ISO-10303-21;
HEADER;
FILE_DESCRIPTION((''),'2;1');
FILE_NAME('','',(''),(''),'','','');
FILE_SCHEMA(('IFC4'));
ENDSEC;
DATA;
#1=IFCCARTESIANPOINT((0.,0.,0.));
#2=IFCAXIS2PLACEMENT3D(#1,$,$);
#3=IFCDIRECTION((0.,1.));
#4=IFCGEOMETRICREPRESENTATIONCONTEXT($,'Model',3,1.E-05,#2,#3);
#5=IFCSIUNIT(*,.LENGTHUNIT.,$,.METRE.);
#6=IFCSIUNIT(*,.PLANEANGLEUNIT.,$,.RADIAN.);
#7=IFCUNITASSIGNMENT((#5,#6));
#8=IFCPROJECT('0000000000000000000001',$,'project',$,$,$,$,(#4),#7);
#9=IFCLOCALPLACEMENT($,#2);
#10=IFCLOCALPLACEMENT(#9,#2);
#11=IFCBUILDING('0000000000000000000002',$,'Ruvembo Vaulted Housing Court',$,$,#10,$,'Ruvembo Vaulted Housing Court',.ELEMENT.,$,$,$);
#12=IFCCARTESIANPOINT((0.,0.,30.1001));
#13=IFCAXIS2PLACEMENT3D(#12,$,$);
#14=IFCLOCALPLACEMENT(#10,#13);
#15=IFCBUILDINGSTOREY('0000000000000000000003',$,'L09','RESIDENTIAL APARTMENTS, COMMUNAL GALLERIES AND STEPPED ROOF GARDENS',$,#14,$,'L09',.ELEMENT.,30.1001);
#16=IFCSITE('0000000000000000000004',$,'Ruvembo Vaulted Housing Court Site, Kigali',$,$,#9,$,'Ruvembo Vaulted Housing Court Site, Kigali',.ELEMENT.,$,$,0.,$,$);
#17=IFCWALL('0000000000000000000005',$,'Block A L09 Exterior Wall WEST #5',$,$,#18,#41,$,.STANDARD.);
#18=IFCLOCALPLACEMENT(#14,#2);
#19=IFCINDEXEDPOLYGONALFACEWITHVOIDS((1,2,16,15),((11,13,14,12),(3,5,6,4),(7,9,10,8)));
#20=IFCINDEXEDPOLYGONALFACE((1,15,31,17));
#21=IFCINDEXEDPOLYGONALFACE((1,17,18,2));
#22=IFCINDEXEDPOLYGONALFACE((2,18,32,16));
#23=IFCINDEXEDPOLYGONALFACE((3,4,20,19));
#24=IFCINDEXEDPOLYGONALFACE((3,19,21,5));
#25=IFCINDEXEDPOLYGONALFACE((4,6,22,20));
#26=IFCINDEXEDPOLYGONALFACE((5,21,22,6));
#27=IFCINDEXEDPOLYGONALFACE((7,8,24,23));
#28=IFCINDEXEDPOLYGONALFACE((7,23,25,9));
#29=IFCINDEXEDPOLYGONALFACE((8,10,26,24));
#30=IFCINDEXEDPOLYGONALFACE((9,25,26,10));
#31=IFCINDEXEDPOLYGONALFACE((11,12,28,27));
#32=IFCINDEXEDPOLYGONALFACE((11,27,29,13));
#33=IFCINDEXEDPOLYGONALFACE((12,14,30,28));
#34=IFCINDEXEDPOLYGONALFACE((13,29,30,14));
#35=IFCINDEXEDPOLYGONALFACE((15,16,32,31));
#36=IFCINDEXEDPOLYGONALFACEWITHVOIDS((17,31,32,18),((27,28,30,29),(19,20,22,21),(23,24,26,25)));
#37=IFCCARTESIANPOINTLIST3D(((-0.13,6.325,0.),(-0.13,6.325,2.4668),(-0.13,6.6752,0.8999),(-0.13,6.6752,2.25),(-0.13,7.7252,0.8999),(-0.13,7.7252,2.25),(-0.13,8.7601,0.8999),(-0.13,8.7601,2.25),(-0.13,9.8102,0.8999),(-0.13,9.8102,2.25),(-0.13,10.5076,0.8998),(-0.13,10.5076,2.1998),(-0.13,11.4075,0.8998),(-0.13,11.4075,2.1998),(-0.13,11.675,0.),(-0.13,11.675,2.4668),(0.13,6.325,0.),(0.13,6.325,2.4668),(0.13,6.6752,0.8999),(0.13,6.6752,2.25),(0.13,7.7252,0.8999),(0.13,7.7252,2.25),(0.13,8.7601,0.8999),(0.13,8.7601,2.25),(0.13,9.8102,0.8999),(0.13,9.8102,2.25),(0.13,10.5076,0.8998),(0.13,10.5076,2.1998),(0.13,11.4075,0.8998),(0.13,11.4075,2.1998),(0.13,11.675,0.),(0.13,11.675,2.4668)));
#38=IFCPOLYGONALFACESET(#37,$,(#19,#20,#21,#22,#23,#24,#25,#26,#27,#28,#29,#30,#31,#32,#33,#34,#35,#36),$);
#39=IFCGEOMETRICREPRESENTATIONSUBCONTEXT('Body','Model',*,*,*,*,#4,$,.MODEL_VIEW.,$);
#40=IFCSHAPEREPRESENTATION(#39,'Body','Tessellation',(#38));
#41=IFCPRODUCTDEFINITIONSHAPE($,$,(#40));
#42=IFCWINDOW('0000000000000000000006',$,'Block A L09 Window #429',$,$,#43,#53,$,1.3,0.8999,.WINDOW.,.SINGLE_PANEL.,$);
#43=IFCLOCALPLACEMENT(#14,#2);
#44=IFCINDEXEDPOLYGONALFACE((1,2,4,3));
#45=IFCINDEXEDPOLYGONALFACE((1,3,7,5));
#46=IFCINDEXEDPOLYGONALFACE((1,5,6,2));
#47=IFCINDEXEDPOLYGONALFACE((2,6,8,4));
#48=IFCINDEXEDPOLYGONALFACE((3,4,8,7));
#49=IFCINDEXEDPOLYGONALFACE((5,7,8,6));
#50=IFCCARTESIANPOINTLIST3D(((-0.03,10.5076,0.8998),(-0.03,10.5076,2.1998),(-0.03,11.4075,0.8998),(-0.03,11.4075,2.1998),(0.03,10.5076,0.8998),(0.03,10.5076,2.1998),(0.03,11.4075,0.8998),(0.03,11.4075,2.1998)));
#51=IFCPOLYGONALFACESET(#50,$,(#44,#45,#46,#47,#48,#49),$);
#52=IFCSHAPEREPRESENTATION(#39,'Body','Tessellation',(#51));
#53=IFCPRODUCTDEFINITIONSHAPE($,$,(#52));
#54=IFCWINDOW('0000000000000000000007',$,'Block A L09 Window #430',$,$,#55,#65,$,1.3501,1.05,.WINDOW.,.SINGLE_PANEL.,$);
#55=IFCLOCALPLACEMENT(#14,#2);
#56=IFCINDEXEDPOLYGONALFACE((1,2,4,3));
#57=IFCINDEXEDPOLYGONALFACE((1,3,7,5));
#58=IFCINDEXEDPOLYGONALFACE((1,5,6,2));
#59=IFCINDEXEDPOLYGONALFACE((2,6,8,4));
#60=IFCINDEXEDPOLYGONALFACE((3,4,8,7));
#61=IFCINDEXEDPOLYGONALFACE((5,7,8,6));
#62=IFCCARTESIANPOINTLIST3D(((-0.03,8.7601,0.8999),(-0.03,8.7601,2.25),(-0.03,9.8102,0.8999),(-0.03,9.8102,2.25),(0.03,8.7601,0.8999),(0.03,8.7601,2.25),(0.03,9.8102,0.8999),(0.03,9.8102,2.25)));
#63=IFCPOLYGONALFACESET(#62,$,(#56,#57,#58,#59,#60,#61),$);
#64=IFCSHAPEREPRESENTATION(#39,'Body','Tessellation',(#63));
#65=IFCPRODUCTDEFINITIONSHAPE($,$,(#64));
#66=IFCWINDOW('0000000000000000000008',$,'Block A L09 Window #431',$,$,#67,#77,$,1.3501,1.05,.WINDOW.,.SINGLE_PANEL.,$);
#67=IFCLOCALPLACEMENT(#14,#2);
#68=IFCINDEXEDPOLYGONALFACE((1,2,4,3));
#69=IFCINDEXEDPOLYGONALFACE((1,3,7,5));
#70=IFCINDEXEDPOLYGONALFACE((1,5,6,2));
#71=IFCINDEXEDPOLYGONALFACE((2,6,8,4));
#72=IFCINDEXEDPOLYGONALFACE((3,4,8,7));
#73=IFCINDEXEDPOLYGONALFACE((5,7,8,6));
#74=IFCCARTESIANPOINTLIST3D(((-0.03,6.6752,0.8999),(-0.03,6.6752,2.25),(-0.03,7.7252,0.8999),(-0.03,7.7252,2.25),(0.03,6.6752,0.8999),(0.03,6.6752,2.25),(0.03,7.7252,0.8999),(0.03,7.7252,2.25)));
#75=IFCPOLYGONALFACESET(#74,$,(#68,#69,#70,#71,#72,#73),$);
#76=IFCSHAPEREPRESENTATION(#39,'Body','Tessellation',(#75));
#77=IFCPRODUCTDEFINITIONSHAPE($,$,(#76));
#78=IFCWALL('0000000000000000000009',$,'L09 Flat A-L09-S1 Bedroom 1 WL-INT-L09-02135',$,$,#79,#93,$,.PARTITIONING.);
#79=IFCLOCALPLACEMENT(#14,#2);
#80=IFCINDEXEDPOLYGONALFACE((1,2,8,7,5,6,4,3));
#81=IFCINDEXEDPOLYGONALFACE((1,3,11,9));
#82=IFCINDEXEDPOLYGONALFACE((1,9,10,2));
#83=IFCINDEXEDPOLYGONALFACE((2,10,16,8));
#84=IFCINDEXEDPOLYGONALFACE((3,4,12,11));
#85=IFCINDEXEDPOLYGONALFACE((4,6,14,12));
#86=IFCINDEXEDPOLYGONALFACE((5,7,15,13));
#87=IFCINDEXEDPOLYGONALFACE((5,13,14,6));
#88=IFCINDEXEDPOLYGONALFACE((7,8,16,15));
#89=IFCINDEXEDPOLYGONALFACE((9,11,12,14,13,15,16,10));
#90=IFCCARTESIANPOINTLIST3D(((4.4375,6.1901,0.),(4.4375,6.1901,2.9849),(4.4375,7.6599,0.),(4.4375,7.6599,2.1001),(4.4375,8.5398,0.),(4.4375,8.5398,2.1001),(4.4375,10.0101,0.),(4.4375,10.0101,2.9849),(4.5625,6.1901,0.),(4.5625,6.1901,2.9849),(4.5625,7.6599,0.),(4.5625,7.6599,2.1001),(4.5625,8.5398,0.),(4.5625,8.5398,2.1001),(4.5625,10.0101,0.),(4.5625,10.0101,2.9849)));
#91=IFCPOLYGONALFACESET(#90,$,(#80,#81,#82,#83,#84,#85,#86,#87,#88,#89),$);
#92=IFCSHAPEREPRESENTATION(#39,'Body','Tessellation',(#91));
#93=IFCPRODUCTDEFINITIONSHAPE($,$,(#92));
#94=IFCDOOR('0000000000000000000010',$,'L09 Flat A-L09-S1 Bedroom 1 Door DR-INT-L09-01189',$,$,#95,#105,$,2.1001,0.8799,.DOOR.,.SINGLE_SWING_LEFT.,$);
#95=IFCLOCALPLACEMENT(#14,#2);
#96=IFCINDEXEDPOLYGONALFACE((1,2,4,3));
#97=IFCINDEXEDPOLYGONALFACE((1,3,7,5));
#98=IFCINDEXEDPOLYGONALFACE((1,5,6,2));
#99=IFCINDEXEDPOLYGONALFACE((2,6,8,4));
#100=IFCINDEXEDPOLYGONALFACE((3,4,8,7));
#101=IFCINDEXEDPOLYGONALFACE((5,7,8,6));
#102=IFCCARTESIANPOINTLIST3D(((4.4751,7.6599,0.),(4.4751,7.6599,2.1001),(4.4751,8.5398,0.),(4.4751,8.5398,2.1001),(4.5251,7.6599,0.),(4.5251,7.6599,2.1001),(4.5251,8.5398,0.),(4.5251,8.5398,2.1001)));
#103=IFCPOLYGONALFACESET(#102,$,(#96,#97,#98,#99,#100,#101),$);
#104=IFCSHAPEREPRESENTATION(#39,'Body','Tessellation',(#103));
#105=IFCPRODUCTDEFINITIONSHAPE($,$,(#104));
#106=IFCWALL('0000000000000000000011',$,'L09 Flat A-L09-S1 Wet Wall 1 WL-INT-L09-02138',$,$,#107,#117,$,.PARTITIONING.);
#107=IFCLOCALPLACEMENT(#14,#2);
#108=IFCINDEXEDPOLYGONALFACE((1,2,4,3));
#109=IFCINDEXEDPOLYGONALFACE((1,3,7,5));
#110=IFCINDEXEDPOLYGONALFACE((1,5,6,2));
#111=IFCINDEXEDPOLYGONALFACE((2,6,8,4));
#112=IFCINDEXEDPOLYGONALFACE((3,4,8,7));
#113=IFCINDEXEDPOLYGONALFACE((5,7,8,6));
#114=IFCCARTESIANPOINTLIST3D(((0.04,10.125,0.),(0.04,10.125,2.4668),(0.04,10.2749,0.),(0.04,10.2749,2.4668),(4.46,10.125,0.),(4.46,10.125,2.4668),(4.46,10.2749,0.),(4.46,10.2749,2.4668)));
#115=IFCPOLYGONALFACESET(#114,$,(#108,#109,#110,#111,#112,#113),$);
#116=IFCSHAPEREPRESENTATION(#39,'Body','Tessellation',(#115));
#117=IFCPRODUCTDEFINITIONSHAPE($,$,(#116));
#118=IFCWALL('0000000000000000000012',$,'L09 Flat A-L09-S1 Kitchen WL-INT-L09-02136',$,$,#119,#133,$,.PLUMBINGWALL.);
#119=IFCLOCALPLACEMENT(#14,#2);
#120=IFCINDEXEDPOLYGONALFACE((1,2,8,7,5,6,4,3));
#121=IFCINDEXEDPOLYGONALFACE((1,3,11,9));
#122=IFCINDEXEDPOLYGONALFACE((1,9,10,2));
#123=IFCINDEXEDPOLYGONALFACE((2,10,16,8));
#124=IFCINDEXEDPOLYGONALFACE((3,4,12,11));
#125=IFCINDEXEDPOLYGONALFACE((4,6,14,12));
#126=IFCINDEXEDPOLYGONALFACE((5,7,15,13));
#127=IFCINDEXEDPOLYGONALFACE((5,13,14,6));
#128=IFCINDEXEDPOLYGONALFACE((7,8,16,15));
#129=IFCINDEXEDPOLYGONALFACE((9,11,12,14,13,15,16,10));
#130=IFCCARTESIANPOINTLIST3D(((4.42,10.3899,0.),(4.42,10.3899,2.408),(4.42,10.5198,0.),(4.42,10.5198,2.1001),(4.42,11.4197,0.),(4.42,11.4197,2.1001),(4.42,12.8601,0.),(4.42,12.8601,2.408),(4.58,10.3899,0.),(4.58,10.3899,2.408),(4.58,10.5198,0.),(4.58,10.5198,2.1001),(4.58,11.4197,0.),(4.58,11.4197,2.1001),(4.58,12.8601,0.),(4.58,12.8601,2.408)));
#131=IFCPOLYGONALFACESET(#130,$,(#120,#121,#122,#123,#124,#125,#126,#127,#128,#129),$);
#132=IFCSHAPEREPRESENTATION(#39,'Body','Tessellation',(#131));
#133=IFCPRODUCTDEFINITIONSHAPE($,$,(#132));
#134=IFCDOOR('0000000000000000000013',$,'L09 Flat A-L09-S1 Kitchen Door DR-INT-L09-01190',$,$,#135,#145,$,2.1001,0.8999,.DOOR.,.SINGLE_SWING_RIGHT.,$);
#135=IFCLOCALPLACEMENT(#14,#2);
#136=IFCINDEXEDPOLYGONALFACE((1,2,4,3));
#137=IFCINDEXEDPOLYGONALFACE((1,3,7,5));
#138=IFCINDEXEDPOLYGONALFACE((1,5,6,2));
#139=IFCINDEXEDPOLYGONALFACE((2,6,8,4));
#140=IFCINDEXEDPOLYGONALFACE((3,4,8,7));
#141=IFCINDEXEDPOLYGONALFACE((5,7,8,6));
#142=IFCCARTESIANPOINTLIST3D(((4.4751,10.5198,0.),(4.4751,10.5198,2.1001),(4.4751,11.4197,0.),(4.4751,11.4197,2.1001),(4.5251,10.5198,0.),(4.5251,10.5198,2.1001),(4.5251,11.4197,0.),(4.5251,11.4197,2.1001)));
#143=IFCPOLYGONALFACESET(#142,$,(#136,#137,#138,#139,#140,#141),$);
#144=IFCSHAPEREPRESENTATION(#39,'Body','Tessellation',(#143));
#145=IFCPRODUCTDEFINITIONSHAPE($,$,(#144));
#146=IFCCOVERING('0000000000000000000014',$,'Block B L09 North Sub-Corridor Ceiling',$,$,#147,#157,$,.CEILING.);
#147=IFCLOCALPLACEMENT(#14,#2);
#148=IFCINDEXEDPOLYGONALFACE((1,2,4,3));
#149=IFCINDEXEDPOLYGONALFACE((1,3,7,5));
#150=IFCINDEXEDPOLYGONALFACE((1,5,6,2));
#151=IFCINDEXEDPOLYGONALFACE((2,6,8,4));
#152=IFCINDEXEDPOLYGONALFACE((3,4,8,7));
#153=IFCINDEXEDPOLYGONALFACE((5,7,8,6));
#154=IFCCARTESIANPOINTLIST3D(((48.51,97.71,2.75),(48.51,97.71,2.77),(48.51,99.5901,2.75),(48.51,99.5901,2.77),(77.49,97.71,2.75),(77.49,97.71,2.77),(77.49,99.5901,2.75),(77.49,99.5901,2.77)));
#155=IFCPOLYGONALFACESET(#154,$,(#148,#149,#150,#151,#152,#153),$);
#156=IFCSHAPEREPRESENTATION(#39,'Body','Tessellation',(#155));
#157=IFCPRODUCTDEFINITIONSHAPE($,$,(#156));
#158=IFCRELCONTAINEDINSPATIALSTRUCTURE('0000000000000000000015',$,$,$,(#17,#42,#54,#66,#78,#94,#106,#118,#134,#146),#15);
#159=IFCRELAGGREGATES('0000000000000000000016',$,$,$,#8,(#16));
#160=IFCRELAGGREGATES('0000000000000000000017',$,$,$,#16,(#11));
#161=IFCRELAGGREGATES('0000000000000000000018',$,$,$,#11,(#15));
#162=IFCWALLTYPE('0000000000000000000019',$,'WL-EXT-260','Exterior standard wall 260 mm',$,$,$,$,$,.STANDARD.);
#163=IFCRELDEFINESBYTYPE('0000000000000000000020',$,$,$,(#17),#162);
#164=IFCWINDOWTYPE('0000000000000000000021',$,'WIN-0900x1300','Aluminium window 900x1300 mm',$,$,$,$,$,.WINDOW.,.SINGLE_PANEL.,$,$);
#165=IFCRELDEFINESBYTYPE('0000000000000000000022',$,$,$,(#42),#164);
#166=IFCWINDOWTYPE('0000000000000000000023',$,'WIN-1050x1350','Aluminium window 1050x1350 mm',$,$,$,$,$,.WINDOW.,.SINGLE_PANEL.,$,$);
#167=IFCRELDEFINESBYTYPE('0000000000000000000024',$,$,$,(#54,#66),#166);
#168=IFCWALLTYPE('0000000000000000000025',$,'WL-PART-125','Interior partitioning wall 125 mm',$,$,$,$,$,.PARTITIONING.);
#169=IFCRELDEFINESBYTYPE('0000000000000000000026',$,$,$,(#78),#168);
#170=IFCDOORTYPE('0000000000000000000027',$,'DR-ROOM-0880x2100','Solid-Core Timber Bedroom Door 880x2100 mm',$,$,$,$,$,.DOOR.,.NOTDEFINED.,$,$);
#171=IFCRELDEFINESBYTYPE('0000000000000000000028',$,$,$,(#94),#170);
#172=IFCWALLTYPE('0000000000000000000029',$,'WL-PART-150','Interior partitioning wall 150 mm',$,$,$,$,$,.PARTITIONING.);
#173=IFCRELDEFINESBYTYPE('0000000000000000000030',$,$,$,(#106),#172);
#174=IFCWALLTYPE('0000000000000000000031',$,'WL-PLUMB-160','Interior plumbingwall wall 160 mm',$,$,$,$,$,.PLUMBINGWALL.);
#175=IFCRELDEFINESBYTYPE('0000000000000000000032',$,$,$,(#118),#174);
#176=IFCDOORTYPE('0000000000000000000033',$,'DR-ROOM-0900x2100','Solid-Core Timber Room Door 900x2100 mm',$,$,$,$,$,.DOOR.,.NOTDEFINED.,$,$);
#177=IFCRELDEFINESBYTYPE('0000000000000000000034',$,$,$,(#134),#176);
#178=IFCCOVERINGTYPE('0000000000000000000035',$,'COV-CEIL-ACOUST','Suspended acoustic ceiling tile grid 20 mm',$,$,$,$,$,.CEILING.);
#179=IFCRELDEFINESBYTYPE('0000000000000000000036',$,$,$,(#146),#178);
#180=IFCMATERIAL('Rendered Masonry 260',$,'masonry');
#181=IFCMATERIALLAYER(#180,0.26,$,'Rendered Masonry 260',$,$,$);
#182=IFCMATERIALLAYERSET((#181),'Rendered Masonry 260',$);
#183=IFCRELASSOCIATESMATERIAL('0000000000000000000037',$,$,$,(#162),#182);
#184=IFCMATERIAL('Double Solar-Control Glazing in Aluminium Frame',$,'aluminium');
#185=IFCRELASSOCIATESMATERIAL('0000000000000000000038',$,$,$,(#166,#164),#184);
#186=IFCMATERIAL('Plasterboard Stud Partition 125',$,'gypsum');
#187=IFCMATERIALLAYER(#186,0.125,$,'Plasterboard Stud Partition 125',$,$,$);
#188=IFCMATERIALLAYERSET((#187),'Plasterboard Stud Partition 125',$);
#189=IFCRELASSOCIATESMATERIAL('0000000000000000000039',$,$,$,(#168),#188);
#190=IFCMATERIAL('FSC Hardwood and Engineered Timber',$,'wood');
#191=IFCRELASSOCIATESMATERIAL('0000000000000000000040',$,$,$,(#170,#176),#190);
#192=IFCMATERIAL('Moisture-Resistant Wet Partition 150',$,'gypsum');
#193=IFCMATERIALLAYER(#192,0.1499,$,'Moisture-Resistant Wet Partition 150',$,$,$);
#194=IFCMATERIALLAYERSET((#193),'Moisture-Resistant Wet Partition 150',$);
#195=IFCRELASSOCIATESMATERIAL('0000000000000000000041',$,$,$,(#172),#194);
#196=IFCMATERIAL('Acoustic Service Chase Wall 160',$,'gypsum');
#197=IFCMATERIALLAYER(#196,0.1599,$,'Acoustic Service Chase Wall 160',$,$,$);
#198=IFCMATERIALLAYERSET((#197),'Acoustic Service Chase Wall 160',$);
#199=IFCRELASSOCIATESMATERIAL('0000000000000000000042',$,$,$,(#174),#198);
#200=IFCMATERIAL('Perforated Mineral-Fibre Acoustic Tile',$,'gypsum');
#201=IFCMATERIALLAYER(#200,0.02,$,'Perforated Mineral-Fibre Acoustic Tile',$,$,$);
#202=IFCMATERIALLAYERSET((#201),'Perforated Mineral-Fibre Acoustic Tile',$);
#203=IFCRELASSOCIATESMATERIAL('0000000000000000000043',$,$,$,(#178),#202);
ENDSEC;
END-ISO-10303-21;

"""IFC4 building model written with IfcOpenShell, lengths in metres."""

from ifc_helpers import new_model, si_unit, direction, frame, frame_2d, origin, place, context, subcontext, project, spatial, polyline, rectangle, outline, extrude, material, layer, layer_set, type_object, element, fill, save


model = new_model("IFC4")

# Units and contexts
model_context = context("Model", 3, precision=1e-05, world=origin(), true_north=direction((0.0, 1.0)))
body_context = subcontext(model_context, "Body", "Model", "MODEL_VIEW")
ifc_project = project(units=[si_unit("LENGTHUNIT", "METRE"), si_unit("PLANEANGLEUNIT", "RADIAN")], contexts=[model_context])

# Site, building, storey
site_placement = place(None, origin())
site = spatial("IfcSite", under=ifc_project, at=site_placement, Name="Ruvembo Vaulted Housing Court Site, Kigali", LongName="Ruvembo Vaulted Housing Court Site, Kigali", CompositionType="ELEMENT", RefElevation=0.0)
building_placement = place(site_placement, origin())
building = spatial("IfcBuilding", under=site, at=building_placement, Name="Ruvembo Vaulted Housing Court", LongName="Ruvembo Vaulted Housing Court", CompositionType="ELEMENT")
storey_placement = place(building_placement, frame((0.0, 0.0, 30.1001)))
storey = spatial("IfcBuildingStorey", under=building, at=storey_placement, Name="L09", Description="RESIDENTIAL APARTMENTS, COMMUNAL GALLERIES AND STEPPED ROOF GARDENS", LongName="L09", CompositionType="ELEMENT", Elevation=30.1001)

# Wall, openings, windows
ifc_material_1 = material(Name="Rendered Masonry 260", Category="masonry")
ifc_layer_1 = layer(ifc_material_1, 0.26, Name="Rendered Masonry 260")
ifc_layer_set_1 = layer_set([ifc_layer_1], Name="Rendered Masonry 260")
wall_type_1 = type_object("IfcWallType", Name="WL-EXT-260", Description="Exterior standard wall 260 mm", PredefinedType="STANDARD", material=ifc_layer_set_1)
ifc_material_2 = material(Name="Double Solar-Control Glazing in Aluminium Frame", Category="aluminium")
window_type_1 = type_object("IfcWindowType", Name="WIN-1050x1350", Description="Aluminium window 1050x1350 mm", PartitioningType="SINGLE_PANEL", PredefinedType="WINDOW", material=ifc_material_2)
wall_1_placement = place(storey_placement, frame((0.0, 11.675, 0.0), z_axis=(0.0, 0.0, 1.0), x_axis=(0.0, -1.0, 0.0)))
wall_1 = element("IfcWall", 1, at=wall_1_placement, inside=storey, type_object=wall_type_1, Name="Block A L09 Exterior Wall WEST #5", PredefinedType="STANDARD", context=body_context, shape_type="SweptSolid", body=[
    extrude(rectangle(XDim=5.3501, YDim=0.26, at=frame_2d((2.675, 0.0))), origin(), (0.0, 0.0, 1.0), 2.4668),
])
opening_1_placement = place(wall_1_placement, frame((0.2676, 0.0, 0.8999)))
opening_1 = element("IfcOpeningElement", 2, at=opening_1_placement, cuts=wall_1, PredefinedType="OPENING", context=body_context, shape_type="SweptSolid", body=[
    extrude(rectangle(XDim=0.8999, YDim=1.3, at=frame_2d((0.45, 0.6499))), frame((0.0, 0.1399, 0.0), z_axis=(0.0, -1.0, 0.0), x_axis=(1.0, 0.0, 0.0)), (0.0, 0.0, 1.0), 0.28),
])
opening_2_placement = place(wall_1_placement, frame((1.865, 0.0, 0.8999)))
opening_2 = element("IfcOpeningElement", 3, at=opening_2_placement, cuts=wall_1, PredefinedType="OPENING", context=body_context, shape_type="SweptSolid", body=[
    extrude(rectangle(XDim=1.05, YDim=1.3501, at=frame_2d((0.5249, 0.675))), frame((0.0, 0.1399, 0.0), z_axis=(0.0, -1.0, 0.0), x_axis=(1.0, 0.0, 0.0)), (0.0, 0.0, 1.0), 0.28),
])
opening_3_placement = place(wall_1_placement, frame((3.95, 0.0, 0.8999)))
opening_3 = element("IfcOpeningElement", 4, at=opening_3_placement, cuts=wall_1, PredefinedType="OPENING", context=body_context, shape_type="SweptSolid", body=[
    extrude(rectangle(XDim=1.05, YDim=1.3501, at=frame_2d((0.5249, 0.675))), frame((0.0, 0.1399, 0.0), z_axis=(0.0, -1.0, 0.0), x_axis=(1.0, 0.0, 0.0)), (0.0, 0.0, 1.0), 0.28),
])
window_type_2 = type_object("IfcWindowType", Name="WIN-0900x1300", Description="Aluminium window 900x1300 mm", PartitioningType="SINGLE_PANEL", PredefinedType="WINDOW", material=ifc_material_2)
window_1_placement = place(opening_1_placement, origin())
window_1 = element("IfcWindow", 5, at=window_1_placement, inside=storey, type_object=window_type_2, Name="Block A L09 Window #429", OverallHeight=1.3, OverallWidth=0.8999, PartitioningType="SINGLE_PANEL", PredefinedType="WINDOW", context=body_context, shape_type="SweptSolid", body=[
    extrude(rectangle(XDim=0.8999, YDim=1.3, at=frame_2d((0.45, 0.6499))), frame((0.0, 0.03, 0.0), z_axis=(0.0, -1.0, 0.0), x_axis=(1.0, 0.0, 0.0)), (0.0, 0.0, 1.0), 0.0601),
])
fill(opening_1, window_1)
window_2_placement = place(opening_2_placement, origin())
window_2 = element("IfcWindow", 6, at=window_2_placement, inside=storey, type_object=window_type_1, Name="Block A L09 Window #430", OverallHeight=1.3501, OverallWidth=1.05, PartitioningType="SINGLE_PANEL", PredefinedType="WINDOW", context=body_context, shape_type="SweptSolid", body=[
    extrude(rectangle(XDim=1.05, YDim=1.3501, at=frame_2d((0.5249, 0.675))), frame((0.0, 0.03, 0.0), z_axis=(0.0, -1.0, 0.0), x_axis=(1.0, 0.0, 0.0)), (0.0, 0.0, 1.0), 0.0601),
])
fill(opening_2, window_2)
window_3_placement = place(opening_3_placement, origin())
window_3 = element("IfcWindow", 7, at=window_3_placement, inside=storey, type_object=window_type_1, Name="Block A L09 Window #431", OverallHeight=1.3501, OverallWidth=1.05, PartitioningType="SINGLE_PANEL", PredefinedType="WINDOW", context=body_context, shape_type="SweptSolid", body=[
    extrude(rectangle(XDim=1.05, YDim=1.3501, at=frame_2d((0.5249, 0.675))), frame((0.0, 0.03, 0.0), z_axis=(0.0, -1.0, 0.0), x_axis=(1.0, 0.0, 0.0)), (0.0, 0.0, 1.0), 0.0601),
])
fill(opening_3, window_3)

# Wall, opening, door
ifc_material_3 = material(Name="Plasterboard Stud Partition 125", Category="gypsum")
ifc_layer_2 = layer(ifc_material_3, 0.125, Name="Plasterboard Stud Partition 125")
ifc_layer_set_2 = layer_set([ifc_layer_2], Name="Plasterboard Stud Partition 125")
wall_type_2 = type_object("IfcWallType", Name="WL-PART-125", Description="Interior partitioning wall 125 mm", PredefinedType="PARTITIONING", material=ifc_layer_set_2)
wall_2_placement = place(storey_placement, frame((4.5, 6.1899, 0.0), z_axis=(0.0, 0.0, 1.0), x_axis=(0.0, 1.0, 0.0)))
wall_2 = element("IfcWall", 8, at=wall_2_placement, inside=storey, type_object=wall_type_2, Name="L09 Flat A-L09-S1 Bedroom 1 WL-INT-L09-02135", PredefinedType="PARTITIONING", context=body_context, shape_type="SweptSolid", body=[
    extrude(rectangle(XDim=3.8201, YDim=0.125, at=frame_2d((1.9102, 0.0))), origin(), (0.0, 0.0, 1.0), 2.9849),
])
opening_4_placement = place(wall_2_placement, frame((1.47, 0.0, 0.0)))
opening_4 = element("IfcOpeningElement", 9, at=opening_4_placement, cuts=wall_2, PredefinedType="OPENING", context=body_context, shape_type="SweptSolid", body=[
    extrude(rectangle(XDim=0.8799, YDim=2.1001, at=frame_2d((0.4399, 1.05))), frame((0.0, 0.0725, 0.0), z_axis=(0.0, -1.0, 0.0), x_axis=(1.0, 0.0, 0.0)), (0.0, 0.0, 1.0), 0.145),
])
ifc_material_4 = material(Name="FSC Hardwood and Engineered Timber", Category="wood")
door_type_1 = type_object("IfcDoorType", Name="DR-ROOM-0880x2100", Description="Solid-Core Timber Bedroom Door 880x2100 mm", OperationType="NOTDEFINED", PredefinedType="DOOR", material=ifc_material_4)
door_1_placement = place(opening_4_placement, origin())
door_1 = element("IfcDoor", 10, at=door_1_placement, inside=storey, type_object=door_type_1, Name="L09 Flat A-L09-S1 Bedroom 1 Door DR-INT-L09-01189", OperationType="SINGLE_SWING_LEFT", OverallHeight=2.1001, OverallWidth=0.8799, PredefinedType="DOOR", context=body_context, shape_type="SweptSolid", body=[
    extrude(rectangle(XDim=0.8799, YDim=2.1001, at=frame_2d((0.4399, 1.05))), frame((0.0, 0.0249, 0.0), z_axis=(0.0, -1.0, 0.0), x_axis=(1.0, 0.0, 0.0)), (0.0, 0.0, 1.0), 0.05),
])
fill(opening_4, door_1)

# Wall
ifc_material_5 = material(Name="Moisture-Resistant Wet Partition 150", Category="gypsum")
ifc_layer_3 = layer(ifc_material_5, 0.1499, Name="Moisture-Resistant Wet Partition 150")
ifc_layer_set_3 = layer_set([ifc_layer_3], Name="Moisture-Resistant Wet Partition 150")
wall_type_3 = type_object("IfcWallType", Name="WL-PART-150", Description="Interior partitioning wall 150 mm", PredefinedType="PARTITIONING", material=ifc_layer_set_3)
wall_3_placement = place(storey_placement, frame((0.04, 10.2, 0.0), z_axis=(0.0, 0.0, 1.0), x_axis=(1.0, 0.0, 0.0)))
element("IfcWall", 11, at=wall_3_placement, inside=storey, type_object=wall_type_3, Name="L09 Flat A-L09-S1 Wet Wall 1 WL-INT-L09-02138", PredefinedType="PARTITIONING", context=body_context, shape_type="SweptSolid", body=[
    extrude(rectangle(XDim=4.4199, YDim=0.1499, at=frame_2d((2.21, 0.0))), origin(), (0.0, 0.0, 1.0), 2.4668),
])

# Wall, opening, door
ifc_material_6 = material(Name="Acoustic Service Chase Wall 160", Category="gypsum")
ifc_layer_4 = layer(ifc_material_6, 0.1599, Name="Acoustic Service Chase Wall 160")
ifc_layer_set_4 = layer_set([ifc_layer_4], Name="Acoustic Service Chase Wall 160")
wall_type_4 = type_object("IfcWallType", Name="WL-PLUMB-160", Description="Interior plumbingwall wall 160 mm", PredefinedType="PLUMBINGWALL", material=ifc_layer_set_4)
wall_4_placement = place(storey_placement, frame((4.5, 10.3899, 0.0), z_axis=(0.0, 0.0, 1.0), x_axis=(0.0, 1.0, 0.0)))
wall_4 = element("IfcWall", 12, at=wall_4_placement, inside=storey, type_object=wall_type_4, Name="L09 Flat A-L09-S1 Kitchen WL-INT-L09-02136", PredefinedType="PLUMBINGWALL", context=body_context, shape_type="SweptSolid", body=[
    extrude(rectangle(XDim=2.4702, YDim=0.1599, at=frame_2d((1.2351, 0.0))), origin(), (0.0, 0.0, 1.0), 2.408),
])
opening_5_placement = place(wall_4_placement, frame((0.1299, 0.0, 0.0)))
opening_5 = element("IfcOpeningElement", 13, at=opening_5_placement, cuts=wall_4, PredefinedType="OPENING", context=body_context, shape_type="SweptSolid", body=[
    extrude(rectangle(XDim=0.8999, YDim=2.1001, at=frame_2d((0.45, 1.05))), frame((0.0, 0.0898, 0.0), z_axis=(0.0, -1.0, 0.0), x_axis=(1.0, 0.0, 0.0)), (0.0, 0.0, 1.0), 0.1799),
])
door_type_2 = type_object("IfcDoorType", Name="DR-ROOM-0900x2100", Description="Solid-Core Timber Room Door 900x2100 mm", OperationType="NOTDEFINED", PredefinedType="DOOR", material=ifc_material_4)
door_2_placement = place(opening_5_placement, origin())
door_2 = element("IfcDoor", 14, at=door_2_placement, inside=storey, type_object=door_type_2, Name="L09 Flat A-L09-S1 Kitchen Door DR-INT-L09-01190", OperationType="SINGLE_SWING_RIGHT", OverallHeight=2.1001, OverallWidth=0.8999, PredefinedType="DOOR", context=body_context, shape_type="SweptSolid", body=[
    extrude(rectangle(XDim=0.8999, YDim=2.1001, at=frame_2d((0.45, 1.05))), frame((0.0, 0.0249, 0.0), z_axis=(0.0, -1.0, 0.0), x_axis=(1.0, 0.0, 0.0)), (0.0, 0.0, 1.0), 0.05),
])
fill(opening_5, door_2)

# Covering
ifc_material_7 = material(Name="Perforated Mineral-Fibre Acoustic Tile", Category="gypsum")
ifc_layer_5 = layer(ifc_material_7, 0.02, Name="Perforated Mineral-Fibre Acoustic Tile")
ifc_layer_set_5 = layer_set([ifc_layer_5], Name="Perforated Mineral-Fibre Acoustic Tile")
covering_type_1 = type_object("IfcCoveringType", Name="COV-CEIL-ACOUST", Description="Suspended acoustic ceiling tile grid 20 mm", PredefinedType="CEILING", material=ifc_layer_set_5)
covering_1_placement = place(storey_placement, frame((0.0, 0.0, 2.75)))
element("IfcCovering", 15, at=covering_1_placement, inside=storey, type_object=covering_type_1, Name="Block B L09 North Sub-Corridor Ceiling", PredefinedType="CEILING", context=body_context, shape_type="SweptSolid", body=[
    extrude(outline(polyline([(48.51, 97.71), (77.49, 97.71), (77.49, 99.5901), (48.51, 99.5901), (48.51, 97.71)])), origin(), (0.0, 0.0, 1.0), 0.02),
])

save(model, "model.ifc")
